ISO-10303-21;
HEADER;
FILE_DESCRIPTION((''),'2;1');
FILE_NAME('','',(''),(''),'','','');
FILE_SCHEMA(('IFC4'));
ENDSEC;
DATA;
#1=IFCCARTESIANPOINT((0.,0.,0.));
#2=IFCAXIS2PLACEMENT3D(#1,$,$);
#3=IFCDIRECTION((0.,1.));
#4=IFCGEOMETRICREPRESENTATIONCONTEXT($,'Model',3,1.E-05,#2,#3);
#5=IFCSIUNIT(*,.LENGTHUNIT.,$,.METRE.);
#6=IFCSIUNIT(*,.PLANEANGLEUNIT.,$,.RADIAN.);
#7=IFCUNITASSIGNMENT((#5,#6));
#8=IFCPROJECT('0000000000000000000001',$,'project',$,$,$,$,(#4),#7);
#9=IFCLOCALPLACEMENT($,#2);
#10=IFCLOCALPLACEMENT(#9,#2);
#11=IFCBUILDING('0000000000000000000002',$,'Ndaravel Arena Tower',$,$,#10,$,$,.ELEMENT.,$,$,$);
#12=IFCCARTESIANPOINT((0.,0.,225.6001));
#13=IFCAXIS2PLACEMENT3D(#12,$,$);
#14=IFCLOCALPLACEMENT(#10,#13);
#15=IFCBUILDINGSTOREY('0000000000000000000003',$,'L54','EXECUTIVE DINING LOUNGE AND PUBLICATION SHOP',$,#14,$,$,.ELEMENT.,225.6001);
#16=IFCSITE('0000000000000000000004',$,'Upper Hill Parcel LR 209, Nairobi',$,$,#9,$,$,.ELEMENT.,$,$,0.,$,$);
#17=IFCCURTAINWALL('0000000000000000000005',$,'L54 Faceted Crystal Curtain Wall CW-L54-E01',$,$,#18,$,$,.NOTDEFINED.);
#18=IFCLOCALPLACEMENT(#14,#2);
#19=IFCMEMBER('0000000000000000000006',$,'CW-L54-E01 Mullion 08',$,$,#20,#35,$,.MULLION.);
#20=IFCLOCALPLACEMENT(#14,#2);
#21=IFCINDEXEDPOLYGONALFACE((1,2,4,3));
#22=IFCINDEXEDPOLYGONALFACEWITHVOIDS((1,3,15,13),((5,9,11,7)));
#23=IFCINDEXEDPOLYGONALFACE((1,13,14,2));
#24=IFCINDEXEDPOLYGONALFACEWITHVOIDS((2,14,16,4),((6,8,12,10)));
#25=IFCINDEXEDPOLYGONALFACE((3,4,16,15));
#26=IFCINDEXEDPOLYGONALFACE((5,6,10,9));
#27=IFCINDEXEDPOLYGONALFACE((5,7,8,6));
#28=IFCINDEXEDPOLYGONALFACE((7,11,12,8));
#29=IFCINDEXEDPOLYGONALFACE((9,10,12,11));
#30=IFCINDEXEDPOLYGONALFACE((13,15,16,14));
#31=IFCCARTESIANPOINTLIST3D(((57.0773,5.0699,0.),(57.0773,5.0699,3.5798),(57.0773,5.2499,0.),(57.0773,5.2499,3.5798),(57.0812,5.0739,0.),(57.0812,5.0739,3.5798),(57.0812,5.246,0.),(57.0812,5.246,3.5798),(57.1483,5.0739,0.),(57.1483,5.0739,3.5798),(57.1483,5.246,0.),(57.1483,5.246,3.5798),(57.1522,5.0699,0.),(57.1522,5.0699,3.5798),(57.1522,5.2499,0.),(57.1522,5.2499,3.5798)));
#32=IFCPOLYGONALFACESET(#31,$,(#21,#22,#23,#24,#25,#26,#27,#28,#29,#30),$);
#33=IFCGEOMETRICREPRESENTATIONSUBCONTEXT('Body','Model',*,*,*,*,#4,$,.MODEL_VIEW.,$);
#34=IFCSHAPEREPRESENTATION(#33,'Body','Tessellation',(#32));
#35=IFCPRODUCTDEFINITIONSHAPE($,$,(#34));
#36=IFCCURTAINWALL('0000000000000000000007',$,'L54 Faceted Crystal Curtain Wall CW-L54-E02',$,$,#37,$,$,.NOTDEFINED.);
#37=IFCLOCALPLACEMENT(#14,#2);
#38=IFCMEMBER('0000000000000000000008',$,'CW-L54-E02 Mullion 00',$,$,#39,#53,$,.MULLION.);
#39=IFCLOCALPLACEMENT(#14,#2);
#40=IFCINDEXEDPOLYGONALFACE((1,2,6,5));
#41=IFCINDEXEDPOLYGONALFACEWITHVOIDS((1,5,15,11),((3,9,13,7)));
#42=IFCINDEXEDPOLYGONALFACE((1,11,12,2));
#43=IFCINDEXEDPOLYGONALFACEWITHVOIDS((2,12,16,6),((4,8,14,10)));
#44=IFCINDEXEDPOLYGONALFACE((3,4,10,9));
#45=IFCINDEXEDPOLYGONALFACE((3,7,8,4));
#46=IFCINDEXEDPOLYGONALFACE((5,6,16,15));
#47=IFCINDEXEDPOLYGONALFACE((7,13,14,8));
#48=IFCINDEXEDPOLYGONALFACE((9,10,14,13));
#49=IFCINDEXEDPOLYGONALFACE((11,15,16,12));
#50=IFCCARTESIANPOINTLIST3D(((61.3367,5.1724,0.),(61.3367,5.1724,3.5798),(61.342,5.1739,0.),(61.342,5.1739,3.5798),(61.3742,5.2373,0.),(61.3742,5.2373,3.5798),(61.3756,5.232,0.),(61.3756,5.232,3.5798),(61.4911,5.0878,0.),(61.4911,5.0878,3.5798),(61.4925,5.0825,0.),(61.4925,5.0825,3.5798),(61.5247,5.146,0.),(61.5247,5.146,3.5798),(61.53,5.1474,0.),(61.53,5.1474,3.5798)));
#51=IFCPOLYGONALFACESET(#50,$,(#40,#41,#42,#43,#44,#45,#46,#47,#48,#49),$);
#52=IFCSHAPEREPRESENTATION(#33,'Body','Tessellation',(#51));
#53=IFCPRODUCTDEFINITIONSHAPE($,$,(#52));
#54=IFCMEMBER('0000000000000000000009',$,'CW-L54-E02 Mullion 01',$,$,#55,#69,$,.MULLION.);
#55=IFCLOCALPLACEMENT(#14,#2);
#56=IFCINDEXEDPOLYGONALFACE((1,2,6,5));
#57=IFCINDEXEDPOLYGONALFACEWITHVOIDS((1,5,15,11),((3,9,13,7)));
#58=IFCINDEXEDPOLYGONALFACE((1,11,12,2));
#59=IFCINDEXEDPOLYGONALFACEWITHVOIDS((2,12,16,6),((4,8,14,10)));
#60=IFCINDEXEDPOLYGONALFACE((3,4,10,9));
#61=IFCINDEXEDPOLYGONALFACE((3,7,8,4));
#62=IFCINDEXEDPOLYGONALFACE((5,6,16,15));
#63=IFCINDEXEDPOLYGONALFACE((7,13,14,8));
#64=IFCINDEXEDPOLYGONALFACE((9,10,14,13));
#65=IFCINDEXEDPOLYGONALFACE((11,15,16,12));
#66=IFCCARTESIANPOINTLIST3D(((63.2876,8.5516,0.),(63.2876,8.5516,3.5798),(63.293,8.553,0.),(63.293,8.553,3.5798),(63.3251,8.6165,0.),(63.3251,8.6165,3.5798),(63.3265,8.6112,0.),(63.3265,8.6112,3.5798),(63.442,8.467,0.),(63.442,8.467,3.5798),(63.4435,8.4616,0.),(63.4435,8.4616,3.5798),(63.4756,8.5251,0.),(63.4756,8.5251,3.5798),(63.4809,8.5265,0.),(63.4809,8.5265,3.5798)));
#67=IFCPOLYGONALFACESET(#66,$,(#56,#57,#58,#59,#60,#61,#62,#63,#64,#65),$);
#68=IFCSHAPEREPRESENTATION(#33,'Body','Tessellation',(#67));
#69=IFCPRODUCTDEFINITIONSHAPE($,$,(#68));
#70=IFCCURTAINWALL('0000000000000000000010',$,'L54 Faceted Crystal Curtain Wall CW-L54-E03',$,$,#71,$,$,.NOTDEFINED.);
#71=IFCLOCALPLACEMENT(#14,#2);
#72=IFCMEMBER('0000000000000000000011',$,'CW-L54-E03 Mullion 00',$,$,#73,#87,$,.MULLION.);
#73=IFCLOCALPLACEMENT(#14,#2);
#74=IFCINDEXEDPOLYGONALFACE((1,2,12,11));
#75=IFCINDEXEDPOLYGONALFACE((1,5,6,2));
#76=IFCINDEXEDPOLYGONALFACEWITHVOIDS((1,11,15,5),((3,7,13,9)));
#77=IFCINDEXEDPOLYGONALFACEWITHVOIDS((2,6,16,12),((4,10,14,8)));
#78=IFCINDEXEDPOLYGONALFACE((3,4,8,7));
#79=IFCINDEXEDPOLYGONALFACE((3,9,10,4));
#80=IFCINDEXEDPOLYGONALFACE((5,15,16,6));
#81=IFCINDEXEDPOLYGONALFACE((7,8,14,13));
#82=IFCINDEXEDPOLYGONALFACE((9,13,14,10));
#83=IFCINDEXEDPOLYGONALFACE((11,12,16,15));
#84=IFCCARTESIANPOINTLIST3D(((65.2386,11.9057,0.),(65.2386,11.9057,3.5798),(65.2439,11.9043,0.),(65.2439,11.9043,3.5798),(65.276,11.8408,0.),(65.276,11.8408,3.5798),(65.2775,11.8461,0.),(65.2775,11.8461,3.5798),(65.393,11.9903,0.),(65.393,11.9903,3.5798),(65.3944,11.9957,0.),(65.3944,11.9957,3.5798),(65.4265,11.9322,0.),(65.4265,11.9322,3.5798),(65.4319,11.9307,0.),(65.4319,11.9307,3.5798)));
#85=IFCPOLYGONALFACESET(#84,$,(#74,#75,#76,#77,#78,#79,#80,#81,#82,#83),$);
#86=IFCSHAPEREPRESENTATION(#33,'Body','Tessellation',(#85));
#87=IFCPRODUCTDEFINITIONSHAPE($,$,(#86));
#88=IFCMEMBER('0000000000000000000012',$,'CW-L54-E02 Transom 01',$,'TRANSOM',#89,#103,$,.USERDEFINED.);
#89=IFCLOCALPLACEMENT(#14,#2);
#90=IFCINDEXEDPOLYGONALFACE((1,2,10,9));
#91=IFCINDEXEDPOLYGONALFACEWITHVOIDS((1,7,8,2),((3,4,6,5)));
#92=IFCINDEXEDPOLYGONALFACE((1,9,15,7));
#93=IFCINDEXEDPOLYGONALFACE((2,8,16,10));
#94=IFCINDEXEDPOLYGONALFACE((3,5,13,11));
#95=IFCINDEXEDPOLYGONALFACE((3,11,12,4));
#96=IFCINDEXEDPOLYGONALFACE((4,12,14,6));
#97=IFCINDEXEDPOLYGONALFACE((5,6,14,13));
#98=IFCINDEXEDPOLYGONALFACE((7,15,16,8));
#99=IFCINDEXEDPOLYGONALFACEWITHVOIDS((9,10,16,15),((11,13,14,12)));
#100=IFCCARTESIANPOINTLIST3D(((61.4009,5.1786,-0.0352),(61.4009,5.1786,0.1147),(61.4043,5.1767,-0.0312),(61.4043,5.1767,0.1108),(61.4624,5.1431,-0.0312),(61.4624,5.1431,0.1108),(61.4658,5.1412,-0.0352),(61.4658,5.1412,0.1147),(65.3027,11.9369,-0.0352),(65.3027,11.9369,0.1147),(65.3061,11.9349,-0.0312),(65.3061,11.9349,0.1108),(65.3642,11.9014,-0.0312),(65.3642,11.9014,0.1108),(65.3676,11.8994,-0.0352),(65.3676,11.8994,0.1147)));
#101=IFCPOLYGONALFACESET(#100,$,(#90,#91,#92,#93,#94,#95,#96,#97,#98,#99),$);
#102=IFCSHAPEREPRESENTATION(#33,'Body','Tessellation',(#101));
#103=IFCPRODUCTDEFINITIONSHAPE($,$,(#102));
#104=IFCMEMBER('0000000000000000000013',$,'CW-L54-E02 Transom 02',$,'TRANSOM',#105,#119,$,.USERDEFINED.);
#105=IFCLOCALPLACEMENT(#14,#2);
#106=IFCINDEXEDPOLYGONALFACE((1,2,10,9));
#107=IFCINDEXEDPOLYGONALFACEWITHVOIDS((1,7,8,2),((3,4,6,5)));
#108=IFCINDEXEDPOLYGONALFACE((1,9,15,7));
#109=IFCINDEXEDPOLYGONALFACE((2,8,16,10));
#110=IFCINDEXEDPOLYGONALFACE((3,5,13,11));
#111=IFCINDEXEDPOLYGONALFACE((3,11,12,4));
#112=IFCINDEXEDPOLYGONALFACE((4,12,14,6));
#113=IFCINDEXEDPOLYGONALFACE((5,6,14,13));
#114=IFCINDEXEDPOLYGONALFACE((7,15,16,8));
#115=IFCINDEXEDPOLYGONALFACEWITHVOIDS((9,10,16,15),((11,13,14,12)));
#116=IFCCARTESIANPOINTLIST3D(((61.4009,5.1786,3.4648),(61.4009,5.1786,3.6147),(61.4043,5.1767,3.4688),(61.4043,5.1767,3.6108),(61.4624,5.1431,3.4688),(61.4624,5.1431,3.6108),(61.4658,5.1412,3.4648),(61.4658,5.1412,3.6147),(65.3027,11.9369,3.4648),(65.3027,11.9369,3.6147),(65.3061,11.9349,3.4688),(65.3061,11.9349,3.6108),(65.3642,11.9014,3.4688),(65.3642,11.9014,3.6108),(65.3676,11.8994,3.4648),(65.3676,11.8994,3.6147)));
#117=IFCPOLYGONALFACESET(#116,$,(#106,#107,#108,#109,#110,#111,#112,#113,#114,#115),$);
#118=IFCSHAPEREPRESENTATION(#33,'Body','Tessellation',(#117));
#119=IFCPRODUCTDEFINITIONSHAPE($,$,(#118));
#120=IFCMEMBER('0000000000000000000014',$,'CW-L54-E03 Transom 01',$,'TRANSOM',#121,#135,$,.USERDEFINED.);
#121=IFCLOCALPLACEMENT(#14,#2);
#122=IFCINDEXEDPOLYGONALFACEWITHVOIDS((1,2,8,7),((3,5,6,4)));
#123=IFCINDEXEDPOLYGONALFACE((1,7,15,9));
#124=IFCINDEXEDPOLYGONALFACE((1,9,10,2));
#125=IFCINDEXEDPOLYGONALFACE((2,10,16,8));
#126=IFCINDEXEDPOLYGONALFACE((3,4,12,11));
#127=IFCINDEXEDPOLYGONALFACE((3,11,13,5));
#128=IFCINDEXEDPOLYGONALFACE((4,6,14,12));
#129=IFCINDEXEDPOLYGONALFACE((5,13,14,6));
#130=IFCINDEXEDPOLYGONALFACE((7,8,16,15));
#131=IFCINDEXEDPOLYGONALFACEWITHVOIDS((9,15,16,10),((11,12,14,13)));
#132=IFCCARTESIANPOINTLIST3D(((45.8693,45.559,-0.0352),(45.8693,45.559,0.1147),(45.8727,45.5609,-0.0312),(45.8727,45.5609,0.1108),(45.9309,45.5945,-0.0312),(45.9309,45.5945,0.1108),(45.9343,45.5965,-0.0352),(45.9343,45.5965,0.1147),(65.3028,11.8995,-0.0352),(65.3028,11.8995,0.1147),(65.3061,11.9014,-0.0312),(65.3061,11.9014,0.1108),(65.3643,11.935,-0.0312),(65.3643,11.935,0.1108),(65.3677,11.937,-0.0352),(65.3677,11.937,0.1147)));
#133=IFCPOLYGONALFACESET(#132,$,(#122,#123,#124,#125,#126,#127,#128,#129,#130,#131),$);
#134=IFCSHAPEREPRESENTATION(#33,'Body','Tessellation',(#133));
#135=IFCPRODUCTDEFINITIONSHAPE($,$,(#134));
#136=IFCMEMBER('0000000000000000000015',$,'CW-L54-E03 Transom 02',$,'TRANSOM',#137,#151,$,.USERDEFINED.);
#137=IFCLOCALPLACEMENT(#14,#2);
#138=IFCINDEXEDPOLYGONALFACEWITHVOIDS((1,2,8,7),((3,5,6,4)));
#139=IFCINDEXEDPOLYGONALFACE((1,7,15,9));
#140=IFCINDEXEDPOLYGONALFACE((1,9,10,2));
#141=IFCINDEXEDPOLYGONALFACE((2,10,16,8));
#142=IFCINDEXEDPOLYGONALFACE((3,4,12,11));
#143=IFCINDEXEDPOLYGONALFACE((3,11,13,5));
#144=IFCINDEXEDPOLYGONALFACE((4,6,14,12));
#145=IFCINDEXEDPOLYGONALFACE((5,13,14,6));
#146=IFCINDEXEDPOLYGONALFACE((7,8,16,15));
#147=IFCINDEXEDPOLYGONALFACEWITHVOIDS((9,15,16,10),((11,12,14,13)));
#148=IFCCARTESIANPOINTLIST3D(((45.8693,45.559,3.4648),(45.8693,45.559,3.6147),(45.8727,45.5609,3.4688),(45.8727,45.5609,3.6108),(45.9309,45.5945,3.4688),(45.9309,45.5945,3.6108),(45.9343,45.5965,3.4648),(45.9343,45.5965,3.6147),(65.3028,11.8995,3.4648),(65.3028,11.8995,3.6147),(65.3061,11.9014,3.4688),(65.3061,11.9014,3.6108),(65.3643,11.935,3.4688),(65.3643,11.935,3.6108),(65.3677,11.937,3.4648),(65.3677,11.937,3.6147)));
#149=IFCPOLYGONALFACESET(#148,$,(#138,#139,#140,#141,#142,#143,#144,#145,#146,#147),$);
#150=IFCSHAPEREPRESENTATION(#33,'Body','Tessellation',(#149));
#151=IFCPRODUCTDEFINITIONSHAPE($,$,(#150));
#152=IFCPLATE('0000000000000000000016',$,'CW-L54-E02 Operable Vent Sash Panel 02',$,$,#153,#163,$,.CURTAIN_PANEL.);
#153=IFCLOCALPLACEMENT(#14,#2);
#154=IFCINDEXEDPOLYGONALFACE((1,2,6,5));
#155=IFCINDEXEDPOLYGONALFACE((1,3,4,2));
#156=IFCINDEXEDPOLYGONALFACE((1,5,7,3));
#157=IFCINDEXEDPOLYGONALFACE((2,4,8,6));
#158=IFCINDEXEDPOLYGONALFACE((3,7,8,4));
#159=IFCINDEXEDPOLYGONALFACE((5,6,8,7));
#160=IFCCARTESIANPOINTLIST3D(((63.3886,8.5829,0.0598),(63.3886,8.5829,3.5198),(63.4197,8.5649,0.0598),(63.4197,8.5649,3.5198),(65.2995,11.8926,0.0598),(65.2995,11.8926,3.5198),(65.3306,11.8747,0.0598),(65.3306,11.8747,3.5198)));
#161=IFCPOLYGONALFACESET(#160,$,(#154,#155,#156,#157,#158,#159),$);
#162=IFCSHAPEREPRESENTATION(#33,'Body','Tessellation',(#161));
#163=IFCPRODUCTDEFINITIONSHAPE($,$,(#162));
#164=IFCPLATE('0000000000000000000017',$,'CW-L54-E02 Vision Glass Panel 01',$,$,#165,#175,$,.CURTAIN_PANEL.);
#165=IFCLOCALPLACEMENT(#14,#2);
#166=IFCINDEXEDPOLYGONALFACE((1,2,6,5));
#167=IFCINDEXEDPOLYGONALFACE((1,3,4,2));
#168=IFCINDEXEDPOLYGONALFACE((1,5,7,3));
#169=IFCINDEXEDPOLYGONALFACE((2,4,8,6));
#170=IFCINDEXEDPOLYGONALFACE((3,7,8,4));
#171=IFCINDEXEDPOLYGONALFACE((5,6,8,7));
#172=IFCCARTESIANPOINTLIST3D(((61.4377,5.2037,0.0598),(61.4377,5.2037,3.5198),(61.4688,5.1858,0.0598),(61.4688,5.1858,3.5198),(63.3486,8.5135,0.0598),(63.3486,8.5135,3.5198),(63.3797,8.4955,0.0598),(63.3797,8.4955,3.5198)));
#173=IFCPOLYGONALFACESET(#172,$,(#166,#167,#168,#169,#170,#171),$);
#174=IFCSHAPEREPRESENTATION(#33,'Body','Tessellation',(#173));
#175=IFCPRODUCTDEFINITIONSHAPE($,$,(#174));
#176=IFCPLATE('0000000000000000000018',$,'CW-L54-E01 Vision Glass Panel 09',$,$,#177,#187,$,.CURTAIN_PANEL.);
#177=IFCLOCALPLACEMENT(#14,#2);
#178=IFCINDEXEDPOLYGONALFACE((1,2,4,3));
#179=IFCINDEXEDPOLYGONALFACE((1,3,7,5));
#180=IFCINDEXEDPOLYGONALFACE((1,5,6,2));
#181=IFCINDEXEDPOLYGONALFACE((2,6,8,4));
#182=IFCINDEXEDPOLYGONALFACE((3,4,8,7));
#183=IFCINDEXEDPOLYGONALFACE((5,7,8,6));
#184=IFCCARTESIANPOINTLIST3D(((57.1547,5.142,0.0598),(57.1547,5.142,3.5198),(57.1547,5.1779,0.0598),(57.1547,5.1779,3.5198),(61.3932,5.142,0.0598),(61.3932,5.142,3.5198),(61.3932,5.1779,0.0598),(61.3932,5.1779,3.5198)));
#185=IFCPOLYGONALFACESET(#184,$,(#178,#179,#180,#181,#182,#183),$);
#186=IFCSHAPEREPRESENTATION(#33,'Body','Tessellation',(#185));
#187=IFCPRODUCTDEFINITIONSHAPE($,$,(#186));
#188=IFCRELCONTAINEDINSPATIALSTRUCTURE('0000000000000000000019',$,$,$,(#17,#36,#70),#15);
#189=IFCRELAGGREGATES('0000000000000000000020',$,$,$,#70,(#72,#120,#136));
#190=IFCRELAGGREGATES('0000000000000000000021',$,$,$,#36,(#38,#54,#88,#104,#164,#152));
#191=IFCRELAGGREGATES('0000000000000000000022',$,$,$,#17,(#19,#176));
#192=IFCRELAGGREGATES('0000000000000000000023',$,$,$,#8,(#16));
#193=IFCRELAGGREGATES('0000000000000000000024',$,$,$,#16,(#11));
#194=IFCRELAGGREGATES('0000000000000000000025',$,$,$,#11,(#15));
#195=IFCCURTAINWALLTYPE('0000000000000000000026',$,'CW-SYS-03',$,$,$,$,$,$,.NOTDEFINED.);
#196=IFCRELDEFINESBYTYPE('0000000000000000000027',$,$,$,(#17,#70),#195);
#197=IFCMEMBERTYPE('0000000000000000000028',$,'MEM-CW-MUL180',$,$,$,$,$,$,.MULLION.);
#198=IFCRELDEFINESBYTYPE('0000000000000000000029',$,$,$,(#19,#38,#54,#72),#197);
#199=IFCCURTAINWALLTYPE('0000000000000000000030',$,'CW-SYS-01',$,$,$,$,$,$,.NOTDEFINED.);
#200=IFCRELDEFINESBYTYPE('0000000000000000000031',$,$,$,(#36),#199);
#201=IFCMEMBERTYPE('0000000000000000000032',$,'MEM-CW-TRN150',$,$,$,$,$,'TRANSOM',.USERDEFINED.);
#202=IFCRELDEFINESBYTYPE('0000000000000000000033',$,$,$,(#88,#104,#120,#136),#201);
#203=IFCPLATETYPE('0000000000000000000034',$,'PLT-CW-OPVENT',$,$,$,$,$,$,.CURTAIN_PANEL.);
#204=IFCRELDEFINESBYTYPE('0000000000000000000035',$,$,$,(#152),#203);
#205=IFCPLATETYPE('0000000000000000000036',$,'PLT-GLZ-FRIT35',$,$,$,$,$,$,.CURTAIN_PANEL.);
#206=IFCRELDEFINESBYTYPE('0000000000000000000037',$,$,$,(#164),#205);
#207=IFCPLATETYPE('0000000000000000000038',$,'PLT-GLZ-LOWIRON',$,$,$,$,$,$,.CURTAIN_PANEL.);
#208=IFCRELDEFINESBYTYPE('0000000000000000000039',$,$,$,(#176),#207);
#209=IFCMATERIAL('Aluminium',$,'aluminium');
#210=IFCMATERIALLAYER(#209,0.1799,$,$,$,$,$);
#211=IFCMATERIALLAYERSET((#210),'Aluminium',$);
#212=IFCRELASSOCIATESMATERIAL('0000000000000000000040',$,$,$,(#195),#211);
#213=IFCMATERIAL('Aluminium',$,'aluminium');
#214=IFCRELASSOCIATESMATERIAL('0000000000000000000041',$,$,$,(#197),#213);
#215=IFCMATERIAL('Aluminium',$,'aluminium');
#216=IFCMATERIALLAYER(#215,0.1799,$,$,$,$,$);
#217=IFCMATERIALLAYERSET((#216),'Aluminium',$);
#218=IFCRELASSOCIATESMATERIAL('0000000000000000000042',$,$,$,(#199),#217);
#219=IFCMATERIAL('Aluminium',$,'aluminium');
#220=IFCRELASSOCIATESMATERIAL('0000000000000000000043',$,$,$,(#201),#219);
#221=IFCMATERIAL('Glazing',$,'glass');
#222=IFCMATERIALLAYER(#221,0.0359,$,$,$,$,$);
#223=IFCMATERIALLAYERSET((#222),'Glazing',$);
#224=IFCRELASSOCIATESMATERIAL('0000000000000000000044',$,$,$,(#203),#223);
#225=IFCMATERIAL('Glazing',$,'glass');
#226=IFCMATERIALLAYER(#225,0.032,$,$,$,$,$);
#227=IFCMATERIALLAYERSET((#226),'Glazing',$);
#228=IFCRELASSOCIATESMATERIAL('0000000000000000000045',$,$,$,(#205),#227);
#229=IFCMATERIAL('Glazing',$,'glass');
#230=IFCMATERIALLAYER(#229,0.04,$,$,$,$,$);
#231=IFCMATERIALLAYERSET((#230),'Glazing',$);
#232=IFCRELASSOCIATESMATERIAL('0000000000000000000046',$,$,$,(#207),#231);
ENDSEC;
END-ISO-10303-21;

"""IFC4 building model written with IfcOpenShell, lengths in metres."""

from ifc_helpers import new_model, si_unit, direction, frame, origin, origin_2d, place, context, subcontext, project, spatial, rectangle, hollow_rectangle, extrude, material, layer, layer_set, material_profile, profile_set, type_object, element, aggregate, save


model = new_model("IFC4")

# Units and contexts
model_context = context("Model", 3, precision=1e-05, world=origin(), true_north=direction((0.0, 1.0)))
body_context = subcontext(model_context, "Body", "Model", "MODEL_VIEW")
ifc_project = project(units=[si_unit("LENGTHUNIT", "METRE"), si_unit("PLANEANGLEUNIT", "RADIAN")], contexts=[model_context])

# Site, building, storey
site_placement = place(None, origin())
site = spatial("IfcSite", under=ifc_project, at=site_placement, Name="Upper Hill Parcel LR 209, Nairobi", CompositionType="ELEMENT", RefElevation=0.0)
building_placement = place(site_placement, origin())
building = spatial("IfcBuilding", under=site, at=building_placement, Name="Ndaravel Arena Tower", CompositionType="ELEMENT")
storey_placement = place(building_placement, frame((0.0, 0.0, 225.6001)))
storey = spatial("IfcBuildingStorey", under=building, at=storey_placement, Name="L54", Description="EXECUTIVE DINING LOUNGE AND PUBLICATION SHOP", CompositionType="ELEMENT", Elevation=225.6001)

# Curtain wall, member
ifc_material_1 = material(Name="Aluminium", Category="aluminium")
ifc_layer_1 = layer(ifc_material_1, 0.1799)
ifc_layer_set_1 = layer_set([ifc_layer_1], Name="Aluminium")
curtain_wall_type_1 = type_object("IfcCurtainWallType", Name="CW-SYS-03", PredefinedType="NOTDEFINED", material=ifc_layer_set_1)
curtain_wall_1_placement = place(storey_placement, origin())
curtain_wall_1 = element("IfcCurtainWall", 1, at=curtain_wall_1_placement, inside=storey, type_object=curtain_wall_type_1, Name="L54 Faceted Crystal Curtain Wall CW-L54-E01", PredefinedType="NOTDEFINED")
ifc_material_2 = material(Name="Aluminium", Category="aluminium")
ifc_material_profile_1 = material_profile(ifc_material_2, hollow_rectangle(XDim=0.075, YDim=0.1799, WallThickness=0.0039, at=origin_2d()), Name="CW MULLION 75x180x4")
ifc_profile_set_1 = profile_set([ifc_material_profile_1], Name="Aluminium")
member_type_1 = type_object("IfcMemberType", Name="MEM-CW-MUL180", PredefinedType="MULLION", material=ifc_profile_set_1)
member_1_placement = place(storey_placement, frame((57.1147, 5.1599, 0.0), z_axis=(0.0, 0.0, 1.0), x_axis=(1.0, 0.0, 0.0)))
member_1 = element("IfcMember", 2, at=member_1_placement, type_object=member_type_1, Name="CW-L54-E01 Mullion 08", PredefinedType="MULLION", context=body_context, shape_type="SweptSolid", body=[
    extrude(hollow_rectangle(XDim=0.075, YDim=0.1799, WallThickness=0.0039, at=origin_2d()), origin(), (0.0, 0.0, 1.0), 3.5798),
])

# Curtain wall, members
ifc_material_3 = material(Name="Aluminium", Category="aluminium")
ifc_layer_2 = layer(ifc_material_3, 0.1799)
ifc_layer_set_2 = layer_set([ifc_layer_2], Name="Aluminium")
curtain_wall_type_2 = type_object("IfcCurtainWallType", Name="CW-SYS-01", PredefinedType="NOTDEFINED", material=ifc_layer_set_2)
curtain_wall_2_placement = place(storey_placement, origin())
curtain_wall_2 = element("IfcCurtainWall", 3, at=curtain_wall_2_placement, inside=storey, type_object=curtain_wall_type_2, Name="L54 Faceted Crystal Curtain Wall CW-L54-E02", PredefinedType="NOTDEFINED")
member_2_placement = place(storey_placement, frame((61.4333, 5.1599, 0.0), z_axis=(0.0, 0.0, 1.0), x_axis=(0.5, 0.866025, 0.0)))
member_2 = element("IfcMember", 4, at=member_2_placement, type_object=member_type_1, Name="CW-L54-E02 Mullion 00", PredefinedType="MULLION", context=body_context, shape_type="SweptSolid", body=[
    extrude(hollow_rectangle(XDim=0.075, YDim=0.1799, WallThickness=0.0039, at=origin_2d()), origin(), (0.0, 0.0, 1.0), 3.5798),
])
member_3_placement = place(storey_placement, frame((63.3843, 8.5391, 0.0), z_axis=(0.0, 0.0, 1.0), x_axis=(0.5, 0.866025, 0.0)))
member_3 = element("IfcMember", 5, at=member_3_placement, type_object=member_type_1, Name="CW-L54-E02 Mullion 01", PredefinedType="MULLION", context=body_context, shape_type="SweptSolid", body=[
    extrude(hollow_rectangle(XDim=0.075, YDim=0.1799, WallThickness=0.0039, at=origin_2d()), origin(), (0.0, 0.0, 1.0), 3.5798),
])

# Curtain wall, member
curtain_wall_3_placement = place(storey_placement, origin())
curtain_wall_3 = element("IfcCurtainWall", 6, at=curtain_wall_3_placement, inside=storey, type_object=curtain_wall_type_1, Name="L54 Faceted Crystal Curtain Wall CW-L54-E03", PredefinedType="NOTDEFINED")
member_4_placement = place(storey_placement, frame((65.3352, 11.9182, 0.0), z_axis=(0.0, 0.0, 1.0), x_axis=(-0.5, 0.866025, 0.0)))
member_4 = element("IfcMember", 7, at=member_4_placement, type_object=member_type_1, Name="CW-L54-E03 Mullion 00", PredefinedType="MULLION", context=body_context, shape_type="SweptSolid", body=[
    extrude(hollow_rectangle(XDim=0.075, YDim=0.1799, WallThickness=0.0039, at=origin_2d()), origin(), (0.0, 0.0, 1.0), 3.5798),
])

# Members
ifc_material_4 = material(Name="Aluminium", Category="aluminium")
ifc_material_profile_2 = material_profile(ifc_material_4, hollow_rectangle(XDim=0.075, YDim=0.1499, WallThickness=0.0039, at=origin_2d()), Name="CW TRANSOM 75x150x4")
ifc_profile_set_2 = profile_set([ifc_material_profile_2], Name="Aluminium")
member_type_2 = type_object("IfcMemberType", Name="MEM-CW-TRN150", ElementType="TRANSOM", PredefinedType="USERDEFINED", material=ifc_profile_set_2)
member_5_placement = place(storey_placement, frame((61.4333, 5.1599, 0.0398), z_axis=(0.499995, 0.866028, 0.0), x_axis=(-0.866028, 0.499995, 0.0)))
member_5 = element("IfcMember", 8, at=member_5_placement, type_object=member_type_2, Name="CW-L54-E02 Transom 01", ObjectType="TRANSOM", PredefinedType="USERDEFINED", context=body_context, shape_type="SweptSolid", body=[
    extrude(hollow_rectangle(XDim=0.075, YDim=0.1499, WallThickness=0.0039, at=origin_2d()), origin(), (0.0, 0.0, 1.0), 7.8037),
])
member_6_placement = place(storey_placement, frame((61.4333, 5.1599, 3.5398), z_axis=(0.499995, 0.866028, 0.0), x_axis=(-0.866028, 0.499995, 0.0)))
member_6 = element("IfcMember", 9, at=member_6_placement, type_object=member_type_2, Name="CW-L54-E02 Transom 02", ObjectType="TRANSOM", PredefinedType="USERDEFINED", context=body_context, shape_type="SweptSolid", body=[
    extrude(hollow_rectangle(XDim=0.075, YDim=0.1499, WallThickness=0.0039, at=origin_2d()), origin(), (0.0, 0.0, 1.0), 7.8037),
])
member_7_placement = place(storey_placement, frame((65.3352, 11.9182, 0.0398), z_axis=(-0.500001, 0.866025, 0.0), x_axis=(-0.866025, -0.500001, 0.0)))
member_7 = element("IfcMember", 10, at=member_7_placement, type_object=member_type_2, Name="CW-L54-E03 Transom 01", ObjectType="TRANSOM", PredefinedType="USERDEFINED", context=body_context, shape_type="SweptSolid", body=[
    extrude(hollow_rectangle(XDim=0.075, YDim=0.1499, WallThickness=0.0039, at=origin_2d()), origin(), (0.0, 0.0, 1.0), 38.8667),
])
member_8_placement = place(storey_placement, frame((65.3352, 11.9182, 3.5398), z_axis=(-0.500001, 0.866025, 0.0), x_axis=(-0.866025, -0.500001, 0.0)))
member_8 = element("IfcMember", 11, at=member_8_placement, type_object=member_type_2, Name="CW-L54-E03 Transom 02", ObjectType="TRANSOM", PredefinedType="USERDEFINED", context=body_context, shape_type="SweptSolid", body=[
    extrude(hollow_rectangle(XDim=0.075, YDim=0.1499, WallThickness=0.0039, at=origin_2d()), origin(), (0.0, 0.0, 1.0), 38.8667),
])
aggregate(curtain_wall_3, [member_4, member_7, member_8])

# Plates
ifc_material_5 = material(Name="Glazing", Category="glass")
ifc_layer_3 = layer(ifc_material_5, 0.0359)
ifc_layer_set_3 = layer_set([ifc_layer_3], Name="Glazing")
plate_type_1 = type_object("IfcPlateType", Name="PLT-CW-OPVENT", PredefinedType="CURTAIN_PANEL", material=ifc_layer_set_3)
plate_1_placement = place(storey_placement, frame((64.3596, 10.2288, 0.0598), z_axis=(0.0, 0.0, 1.0), x_axis=(0.5, 0.866025, 0.0)))
plate_1 = element("IfcPlate", 12, at=plate_1_placement, type_object=plate_type_1, Name="CW-L54-E02 Operable Vent Sash Panel 02", PredefinedType="CURTAIN_PANEL", context=body_context, shape_type="SweptSolid", body=[
    extrude(rectangle(XDim=3.8218, YDim=0.0359, at=origin_2d()), origin(), (0.0, 0.0, 1.0), 3.46),
])
ifc_material_6 = material(Name="Glazing", Category="glass")
ifc_layer_4 = layer(ifc_material_6, 0.032)
ifc_layer_set_4 = layer_set([ifc_layer_4], Name="Glazing")
plate_type_2 = type_object("IfcPlateType", Name="PLT-GLZ-FRIT35", PredefinedType="CURTAIN_PANEL", material=ifc_layer_set_4)
plate_2_placement = place(storey_placement, frame((62.4087, 6.8496, 0.0598), z_axis=(0.0, 0.0, 1.0), x_axis=(0.5, 0.866025, 0.0)))
plate_2 = element("IfcPlate", 13, at=plate_2_placement, type_object=plate_type_2, Name="CW-L54-E02 Vision Glass Panel 01", PredefinedType="CURTAIN_PANEL", context=body_context, shape_type="SweptSolid", body=[
    extrude(rectangle(XDim=3.8218, YDim=0.0359, at=origin_2d()), origin(), (0.0, 0.0, 1.0), 3.46),
])
aggregate(curtain_wall_2, [member_2, member_3, member_5, member_6, plate_2, plate_1])
ifc_material_7 = material(Name="Glazing", Category="glass")
ifc_layer_5 = layer(ifc_material_7, 0.04)
ifc_layer_set_5 = layer_set([ifc_layer_5], Name="Glazing")
plate_type_3 = type_object("IfcPlateType", Name="PLT-GLZ-LOWIRON", PredefinedType="CURTAIN_PANEL", material=ifc_layer_set_5)
plate_3_placement = place(storey_placement, frame((59.2739, 5.1599, 0.0598), z_axis=(0.0, 0.0, 1.0), x_axis=(1.0, 0.0, 0.0)))
plate_3 = element("IfcPlate", 14, at=plate_3_placement, type_object=plate_type_3, Name="CW-L54-E01 Vision Glass Panel 09", PredefinedType="CURTAIN_PANEL", context=body_context, shape_type="SweptSolid", body=[
    extrude(rectangle(XDim=4.2385, YDim=0.0359, at=origin_2d()), origin(), (0.0, 0.0, 1.0), 3.46),
])
aggregate(curtain_wall_1, [member_1, plate_3])

save(model, "model.ifc")
